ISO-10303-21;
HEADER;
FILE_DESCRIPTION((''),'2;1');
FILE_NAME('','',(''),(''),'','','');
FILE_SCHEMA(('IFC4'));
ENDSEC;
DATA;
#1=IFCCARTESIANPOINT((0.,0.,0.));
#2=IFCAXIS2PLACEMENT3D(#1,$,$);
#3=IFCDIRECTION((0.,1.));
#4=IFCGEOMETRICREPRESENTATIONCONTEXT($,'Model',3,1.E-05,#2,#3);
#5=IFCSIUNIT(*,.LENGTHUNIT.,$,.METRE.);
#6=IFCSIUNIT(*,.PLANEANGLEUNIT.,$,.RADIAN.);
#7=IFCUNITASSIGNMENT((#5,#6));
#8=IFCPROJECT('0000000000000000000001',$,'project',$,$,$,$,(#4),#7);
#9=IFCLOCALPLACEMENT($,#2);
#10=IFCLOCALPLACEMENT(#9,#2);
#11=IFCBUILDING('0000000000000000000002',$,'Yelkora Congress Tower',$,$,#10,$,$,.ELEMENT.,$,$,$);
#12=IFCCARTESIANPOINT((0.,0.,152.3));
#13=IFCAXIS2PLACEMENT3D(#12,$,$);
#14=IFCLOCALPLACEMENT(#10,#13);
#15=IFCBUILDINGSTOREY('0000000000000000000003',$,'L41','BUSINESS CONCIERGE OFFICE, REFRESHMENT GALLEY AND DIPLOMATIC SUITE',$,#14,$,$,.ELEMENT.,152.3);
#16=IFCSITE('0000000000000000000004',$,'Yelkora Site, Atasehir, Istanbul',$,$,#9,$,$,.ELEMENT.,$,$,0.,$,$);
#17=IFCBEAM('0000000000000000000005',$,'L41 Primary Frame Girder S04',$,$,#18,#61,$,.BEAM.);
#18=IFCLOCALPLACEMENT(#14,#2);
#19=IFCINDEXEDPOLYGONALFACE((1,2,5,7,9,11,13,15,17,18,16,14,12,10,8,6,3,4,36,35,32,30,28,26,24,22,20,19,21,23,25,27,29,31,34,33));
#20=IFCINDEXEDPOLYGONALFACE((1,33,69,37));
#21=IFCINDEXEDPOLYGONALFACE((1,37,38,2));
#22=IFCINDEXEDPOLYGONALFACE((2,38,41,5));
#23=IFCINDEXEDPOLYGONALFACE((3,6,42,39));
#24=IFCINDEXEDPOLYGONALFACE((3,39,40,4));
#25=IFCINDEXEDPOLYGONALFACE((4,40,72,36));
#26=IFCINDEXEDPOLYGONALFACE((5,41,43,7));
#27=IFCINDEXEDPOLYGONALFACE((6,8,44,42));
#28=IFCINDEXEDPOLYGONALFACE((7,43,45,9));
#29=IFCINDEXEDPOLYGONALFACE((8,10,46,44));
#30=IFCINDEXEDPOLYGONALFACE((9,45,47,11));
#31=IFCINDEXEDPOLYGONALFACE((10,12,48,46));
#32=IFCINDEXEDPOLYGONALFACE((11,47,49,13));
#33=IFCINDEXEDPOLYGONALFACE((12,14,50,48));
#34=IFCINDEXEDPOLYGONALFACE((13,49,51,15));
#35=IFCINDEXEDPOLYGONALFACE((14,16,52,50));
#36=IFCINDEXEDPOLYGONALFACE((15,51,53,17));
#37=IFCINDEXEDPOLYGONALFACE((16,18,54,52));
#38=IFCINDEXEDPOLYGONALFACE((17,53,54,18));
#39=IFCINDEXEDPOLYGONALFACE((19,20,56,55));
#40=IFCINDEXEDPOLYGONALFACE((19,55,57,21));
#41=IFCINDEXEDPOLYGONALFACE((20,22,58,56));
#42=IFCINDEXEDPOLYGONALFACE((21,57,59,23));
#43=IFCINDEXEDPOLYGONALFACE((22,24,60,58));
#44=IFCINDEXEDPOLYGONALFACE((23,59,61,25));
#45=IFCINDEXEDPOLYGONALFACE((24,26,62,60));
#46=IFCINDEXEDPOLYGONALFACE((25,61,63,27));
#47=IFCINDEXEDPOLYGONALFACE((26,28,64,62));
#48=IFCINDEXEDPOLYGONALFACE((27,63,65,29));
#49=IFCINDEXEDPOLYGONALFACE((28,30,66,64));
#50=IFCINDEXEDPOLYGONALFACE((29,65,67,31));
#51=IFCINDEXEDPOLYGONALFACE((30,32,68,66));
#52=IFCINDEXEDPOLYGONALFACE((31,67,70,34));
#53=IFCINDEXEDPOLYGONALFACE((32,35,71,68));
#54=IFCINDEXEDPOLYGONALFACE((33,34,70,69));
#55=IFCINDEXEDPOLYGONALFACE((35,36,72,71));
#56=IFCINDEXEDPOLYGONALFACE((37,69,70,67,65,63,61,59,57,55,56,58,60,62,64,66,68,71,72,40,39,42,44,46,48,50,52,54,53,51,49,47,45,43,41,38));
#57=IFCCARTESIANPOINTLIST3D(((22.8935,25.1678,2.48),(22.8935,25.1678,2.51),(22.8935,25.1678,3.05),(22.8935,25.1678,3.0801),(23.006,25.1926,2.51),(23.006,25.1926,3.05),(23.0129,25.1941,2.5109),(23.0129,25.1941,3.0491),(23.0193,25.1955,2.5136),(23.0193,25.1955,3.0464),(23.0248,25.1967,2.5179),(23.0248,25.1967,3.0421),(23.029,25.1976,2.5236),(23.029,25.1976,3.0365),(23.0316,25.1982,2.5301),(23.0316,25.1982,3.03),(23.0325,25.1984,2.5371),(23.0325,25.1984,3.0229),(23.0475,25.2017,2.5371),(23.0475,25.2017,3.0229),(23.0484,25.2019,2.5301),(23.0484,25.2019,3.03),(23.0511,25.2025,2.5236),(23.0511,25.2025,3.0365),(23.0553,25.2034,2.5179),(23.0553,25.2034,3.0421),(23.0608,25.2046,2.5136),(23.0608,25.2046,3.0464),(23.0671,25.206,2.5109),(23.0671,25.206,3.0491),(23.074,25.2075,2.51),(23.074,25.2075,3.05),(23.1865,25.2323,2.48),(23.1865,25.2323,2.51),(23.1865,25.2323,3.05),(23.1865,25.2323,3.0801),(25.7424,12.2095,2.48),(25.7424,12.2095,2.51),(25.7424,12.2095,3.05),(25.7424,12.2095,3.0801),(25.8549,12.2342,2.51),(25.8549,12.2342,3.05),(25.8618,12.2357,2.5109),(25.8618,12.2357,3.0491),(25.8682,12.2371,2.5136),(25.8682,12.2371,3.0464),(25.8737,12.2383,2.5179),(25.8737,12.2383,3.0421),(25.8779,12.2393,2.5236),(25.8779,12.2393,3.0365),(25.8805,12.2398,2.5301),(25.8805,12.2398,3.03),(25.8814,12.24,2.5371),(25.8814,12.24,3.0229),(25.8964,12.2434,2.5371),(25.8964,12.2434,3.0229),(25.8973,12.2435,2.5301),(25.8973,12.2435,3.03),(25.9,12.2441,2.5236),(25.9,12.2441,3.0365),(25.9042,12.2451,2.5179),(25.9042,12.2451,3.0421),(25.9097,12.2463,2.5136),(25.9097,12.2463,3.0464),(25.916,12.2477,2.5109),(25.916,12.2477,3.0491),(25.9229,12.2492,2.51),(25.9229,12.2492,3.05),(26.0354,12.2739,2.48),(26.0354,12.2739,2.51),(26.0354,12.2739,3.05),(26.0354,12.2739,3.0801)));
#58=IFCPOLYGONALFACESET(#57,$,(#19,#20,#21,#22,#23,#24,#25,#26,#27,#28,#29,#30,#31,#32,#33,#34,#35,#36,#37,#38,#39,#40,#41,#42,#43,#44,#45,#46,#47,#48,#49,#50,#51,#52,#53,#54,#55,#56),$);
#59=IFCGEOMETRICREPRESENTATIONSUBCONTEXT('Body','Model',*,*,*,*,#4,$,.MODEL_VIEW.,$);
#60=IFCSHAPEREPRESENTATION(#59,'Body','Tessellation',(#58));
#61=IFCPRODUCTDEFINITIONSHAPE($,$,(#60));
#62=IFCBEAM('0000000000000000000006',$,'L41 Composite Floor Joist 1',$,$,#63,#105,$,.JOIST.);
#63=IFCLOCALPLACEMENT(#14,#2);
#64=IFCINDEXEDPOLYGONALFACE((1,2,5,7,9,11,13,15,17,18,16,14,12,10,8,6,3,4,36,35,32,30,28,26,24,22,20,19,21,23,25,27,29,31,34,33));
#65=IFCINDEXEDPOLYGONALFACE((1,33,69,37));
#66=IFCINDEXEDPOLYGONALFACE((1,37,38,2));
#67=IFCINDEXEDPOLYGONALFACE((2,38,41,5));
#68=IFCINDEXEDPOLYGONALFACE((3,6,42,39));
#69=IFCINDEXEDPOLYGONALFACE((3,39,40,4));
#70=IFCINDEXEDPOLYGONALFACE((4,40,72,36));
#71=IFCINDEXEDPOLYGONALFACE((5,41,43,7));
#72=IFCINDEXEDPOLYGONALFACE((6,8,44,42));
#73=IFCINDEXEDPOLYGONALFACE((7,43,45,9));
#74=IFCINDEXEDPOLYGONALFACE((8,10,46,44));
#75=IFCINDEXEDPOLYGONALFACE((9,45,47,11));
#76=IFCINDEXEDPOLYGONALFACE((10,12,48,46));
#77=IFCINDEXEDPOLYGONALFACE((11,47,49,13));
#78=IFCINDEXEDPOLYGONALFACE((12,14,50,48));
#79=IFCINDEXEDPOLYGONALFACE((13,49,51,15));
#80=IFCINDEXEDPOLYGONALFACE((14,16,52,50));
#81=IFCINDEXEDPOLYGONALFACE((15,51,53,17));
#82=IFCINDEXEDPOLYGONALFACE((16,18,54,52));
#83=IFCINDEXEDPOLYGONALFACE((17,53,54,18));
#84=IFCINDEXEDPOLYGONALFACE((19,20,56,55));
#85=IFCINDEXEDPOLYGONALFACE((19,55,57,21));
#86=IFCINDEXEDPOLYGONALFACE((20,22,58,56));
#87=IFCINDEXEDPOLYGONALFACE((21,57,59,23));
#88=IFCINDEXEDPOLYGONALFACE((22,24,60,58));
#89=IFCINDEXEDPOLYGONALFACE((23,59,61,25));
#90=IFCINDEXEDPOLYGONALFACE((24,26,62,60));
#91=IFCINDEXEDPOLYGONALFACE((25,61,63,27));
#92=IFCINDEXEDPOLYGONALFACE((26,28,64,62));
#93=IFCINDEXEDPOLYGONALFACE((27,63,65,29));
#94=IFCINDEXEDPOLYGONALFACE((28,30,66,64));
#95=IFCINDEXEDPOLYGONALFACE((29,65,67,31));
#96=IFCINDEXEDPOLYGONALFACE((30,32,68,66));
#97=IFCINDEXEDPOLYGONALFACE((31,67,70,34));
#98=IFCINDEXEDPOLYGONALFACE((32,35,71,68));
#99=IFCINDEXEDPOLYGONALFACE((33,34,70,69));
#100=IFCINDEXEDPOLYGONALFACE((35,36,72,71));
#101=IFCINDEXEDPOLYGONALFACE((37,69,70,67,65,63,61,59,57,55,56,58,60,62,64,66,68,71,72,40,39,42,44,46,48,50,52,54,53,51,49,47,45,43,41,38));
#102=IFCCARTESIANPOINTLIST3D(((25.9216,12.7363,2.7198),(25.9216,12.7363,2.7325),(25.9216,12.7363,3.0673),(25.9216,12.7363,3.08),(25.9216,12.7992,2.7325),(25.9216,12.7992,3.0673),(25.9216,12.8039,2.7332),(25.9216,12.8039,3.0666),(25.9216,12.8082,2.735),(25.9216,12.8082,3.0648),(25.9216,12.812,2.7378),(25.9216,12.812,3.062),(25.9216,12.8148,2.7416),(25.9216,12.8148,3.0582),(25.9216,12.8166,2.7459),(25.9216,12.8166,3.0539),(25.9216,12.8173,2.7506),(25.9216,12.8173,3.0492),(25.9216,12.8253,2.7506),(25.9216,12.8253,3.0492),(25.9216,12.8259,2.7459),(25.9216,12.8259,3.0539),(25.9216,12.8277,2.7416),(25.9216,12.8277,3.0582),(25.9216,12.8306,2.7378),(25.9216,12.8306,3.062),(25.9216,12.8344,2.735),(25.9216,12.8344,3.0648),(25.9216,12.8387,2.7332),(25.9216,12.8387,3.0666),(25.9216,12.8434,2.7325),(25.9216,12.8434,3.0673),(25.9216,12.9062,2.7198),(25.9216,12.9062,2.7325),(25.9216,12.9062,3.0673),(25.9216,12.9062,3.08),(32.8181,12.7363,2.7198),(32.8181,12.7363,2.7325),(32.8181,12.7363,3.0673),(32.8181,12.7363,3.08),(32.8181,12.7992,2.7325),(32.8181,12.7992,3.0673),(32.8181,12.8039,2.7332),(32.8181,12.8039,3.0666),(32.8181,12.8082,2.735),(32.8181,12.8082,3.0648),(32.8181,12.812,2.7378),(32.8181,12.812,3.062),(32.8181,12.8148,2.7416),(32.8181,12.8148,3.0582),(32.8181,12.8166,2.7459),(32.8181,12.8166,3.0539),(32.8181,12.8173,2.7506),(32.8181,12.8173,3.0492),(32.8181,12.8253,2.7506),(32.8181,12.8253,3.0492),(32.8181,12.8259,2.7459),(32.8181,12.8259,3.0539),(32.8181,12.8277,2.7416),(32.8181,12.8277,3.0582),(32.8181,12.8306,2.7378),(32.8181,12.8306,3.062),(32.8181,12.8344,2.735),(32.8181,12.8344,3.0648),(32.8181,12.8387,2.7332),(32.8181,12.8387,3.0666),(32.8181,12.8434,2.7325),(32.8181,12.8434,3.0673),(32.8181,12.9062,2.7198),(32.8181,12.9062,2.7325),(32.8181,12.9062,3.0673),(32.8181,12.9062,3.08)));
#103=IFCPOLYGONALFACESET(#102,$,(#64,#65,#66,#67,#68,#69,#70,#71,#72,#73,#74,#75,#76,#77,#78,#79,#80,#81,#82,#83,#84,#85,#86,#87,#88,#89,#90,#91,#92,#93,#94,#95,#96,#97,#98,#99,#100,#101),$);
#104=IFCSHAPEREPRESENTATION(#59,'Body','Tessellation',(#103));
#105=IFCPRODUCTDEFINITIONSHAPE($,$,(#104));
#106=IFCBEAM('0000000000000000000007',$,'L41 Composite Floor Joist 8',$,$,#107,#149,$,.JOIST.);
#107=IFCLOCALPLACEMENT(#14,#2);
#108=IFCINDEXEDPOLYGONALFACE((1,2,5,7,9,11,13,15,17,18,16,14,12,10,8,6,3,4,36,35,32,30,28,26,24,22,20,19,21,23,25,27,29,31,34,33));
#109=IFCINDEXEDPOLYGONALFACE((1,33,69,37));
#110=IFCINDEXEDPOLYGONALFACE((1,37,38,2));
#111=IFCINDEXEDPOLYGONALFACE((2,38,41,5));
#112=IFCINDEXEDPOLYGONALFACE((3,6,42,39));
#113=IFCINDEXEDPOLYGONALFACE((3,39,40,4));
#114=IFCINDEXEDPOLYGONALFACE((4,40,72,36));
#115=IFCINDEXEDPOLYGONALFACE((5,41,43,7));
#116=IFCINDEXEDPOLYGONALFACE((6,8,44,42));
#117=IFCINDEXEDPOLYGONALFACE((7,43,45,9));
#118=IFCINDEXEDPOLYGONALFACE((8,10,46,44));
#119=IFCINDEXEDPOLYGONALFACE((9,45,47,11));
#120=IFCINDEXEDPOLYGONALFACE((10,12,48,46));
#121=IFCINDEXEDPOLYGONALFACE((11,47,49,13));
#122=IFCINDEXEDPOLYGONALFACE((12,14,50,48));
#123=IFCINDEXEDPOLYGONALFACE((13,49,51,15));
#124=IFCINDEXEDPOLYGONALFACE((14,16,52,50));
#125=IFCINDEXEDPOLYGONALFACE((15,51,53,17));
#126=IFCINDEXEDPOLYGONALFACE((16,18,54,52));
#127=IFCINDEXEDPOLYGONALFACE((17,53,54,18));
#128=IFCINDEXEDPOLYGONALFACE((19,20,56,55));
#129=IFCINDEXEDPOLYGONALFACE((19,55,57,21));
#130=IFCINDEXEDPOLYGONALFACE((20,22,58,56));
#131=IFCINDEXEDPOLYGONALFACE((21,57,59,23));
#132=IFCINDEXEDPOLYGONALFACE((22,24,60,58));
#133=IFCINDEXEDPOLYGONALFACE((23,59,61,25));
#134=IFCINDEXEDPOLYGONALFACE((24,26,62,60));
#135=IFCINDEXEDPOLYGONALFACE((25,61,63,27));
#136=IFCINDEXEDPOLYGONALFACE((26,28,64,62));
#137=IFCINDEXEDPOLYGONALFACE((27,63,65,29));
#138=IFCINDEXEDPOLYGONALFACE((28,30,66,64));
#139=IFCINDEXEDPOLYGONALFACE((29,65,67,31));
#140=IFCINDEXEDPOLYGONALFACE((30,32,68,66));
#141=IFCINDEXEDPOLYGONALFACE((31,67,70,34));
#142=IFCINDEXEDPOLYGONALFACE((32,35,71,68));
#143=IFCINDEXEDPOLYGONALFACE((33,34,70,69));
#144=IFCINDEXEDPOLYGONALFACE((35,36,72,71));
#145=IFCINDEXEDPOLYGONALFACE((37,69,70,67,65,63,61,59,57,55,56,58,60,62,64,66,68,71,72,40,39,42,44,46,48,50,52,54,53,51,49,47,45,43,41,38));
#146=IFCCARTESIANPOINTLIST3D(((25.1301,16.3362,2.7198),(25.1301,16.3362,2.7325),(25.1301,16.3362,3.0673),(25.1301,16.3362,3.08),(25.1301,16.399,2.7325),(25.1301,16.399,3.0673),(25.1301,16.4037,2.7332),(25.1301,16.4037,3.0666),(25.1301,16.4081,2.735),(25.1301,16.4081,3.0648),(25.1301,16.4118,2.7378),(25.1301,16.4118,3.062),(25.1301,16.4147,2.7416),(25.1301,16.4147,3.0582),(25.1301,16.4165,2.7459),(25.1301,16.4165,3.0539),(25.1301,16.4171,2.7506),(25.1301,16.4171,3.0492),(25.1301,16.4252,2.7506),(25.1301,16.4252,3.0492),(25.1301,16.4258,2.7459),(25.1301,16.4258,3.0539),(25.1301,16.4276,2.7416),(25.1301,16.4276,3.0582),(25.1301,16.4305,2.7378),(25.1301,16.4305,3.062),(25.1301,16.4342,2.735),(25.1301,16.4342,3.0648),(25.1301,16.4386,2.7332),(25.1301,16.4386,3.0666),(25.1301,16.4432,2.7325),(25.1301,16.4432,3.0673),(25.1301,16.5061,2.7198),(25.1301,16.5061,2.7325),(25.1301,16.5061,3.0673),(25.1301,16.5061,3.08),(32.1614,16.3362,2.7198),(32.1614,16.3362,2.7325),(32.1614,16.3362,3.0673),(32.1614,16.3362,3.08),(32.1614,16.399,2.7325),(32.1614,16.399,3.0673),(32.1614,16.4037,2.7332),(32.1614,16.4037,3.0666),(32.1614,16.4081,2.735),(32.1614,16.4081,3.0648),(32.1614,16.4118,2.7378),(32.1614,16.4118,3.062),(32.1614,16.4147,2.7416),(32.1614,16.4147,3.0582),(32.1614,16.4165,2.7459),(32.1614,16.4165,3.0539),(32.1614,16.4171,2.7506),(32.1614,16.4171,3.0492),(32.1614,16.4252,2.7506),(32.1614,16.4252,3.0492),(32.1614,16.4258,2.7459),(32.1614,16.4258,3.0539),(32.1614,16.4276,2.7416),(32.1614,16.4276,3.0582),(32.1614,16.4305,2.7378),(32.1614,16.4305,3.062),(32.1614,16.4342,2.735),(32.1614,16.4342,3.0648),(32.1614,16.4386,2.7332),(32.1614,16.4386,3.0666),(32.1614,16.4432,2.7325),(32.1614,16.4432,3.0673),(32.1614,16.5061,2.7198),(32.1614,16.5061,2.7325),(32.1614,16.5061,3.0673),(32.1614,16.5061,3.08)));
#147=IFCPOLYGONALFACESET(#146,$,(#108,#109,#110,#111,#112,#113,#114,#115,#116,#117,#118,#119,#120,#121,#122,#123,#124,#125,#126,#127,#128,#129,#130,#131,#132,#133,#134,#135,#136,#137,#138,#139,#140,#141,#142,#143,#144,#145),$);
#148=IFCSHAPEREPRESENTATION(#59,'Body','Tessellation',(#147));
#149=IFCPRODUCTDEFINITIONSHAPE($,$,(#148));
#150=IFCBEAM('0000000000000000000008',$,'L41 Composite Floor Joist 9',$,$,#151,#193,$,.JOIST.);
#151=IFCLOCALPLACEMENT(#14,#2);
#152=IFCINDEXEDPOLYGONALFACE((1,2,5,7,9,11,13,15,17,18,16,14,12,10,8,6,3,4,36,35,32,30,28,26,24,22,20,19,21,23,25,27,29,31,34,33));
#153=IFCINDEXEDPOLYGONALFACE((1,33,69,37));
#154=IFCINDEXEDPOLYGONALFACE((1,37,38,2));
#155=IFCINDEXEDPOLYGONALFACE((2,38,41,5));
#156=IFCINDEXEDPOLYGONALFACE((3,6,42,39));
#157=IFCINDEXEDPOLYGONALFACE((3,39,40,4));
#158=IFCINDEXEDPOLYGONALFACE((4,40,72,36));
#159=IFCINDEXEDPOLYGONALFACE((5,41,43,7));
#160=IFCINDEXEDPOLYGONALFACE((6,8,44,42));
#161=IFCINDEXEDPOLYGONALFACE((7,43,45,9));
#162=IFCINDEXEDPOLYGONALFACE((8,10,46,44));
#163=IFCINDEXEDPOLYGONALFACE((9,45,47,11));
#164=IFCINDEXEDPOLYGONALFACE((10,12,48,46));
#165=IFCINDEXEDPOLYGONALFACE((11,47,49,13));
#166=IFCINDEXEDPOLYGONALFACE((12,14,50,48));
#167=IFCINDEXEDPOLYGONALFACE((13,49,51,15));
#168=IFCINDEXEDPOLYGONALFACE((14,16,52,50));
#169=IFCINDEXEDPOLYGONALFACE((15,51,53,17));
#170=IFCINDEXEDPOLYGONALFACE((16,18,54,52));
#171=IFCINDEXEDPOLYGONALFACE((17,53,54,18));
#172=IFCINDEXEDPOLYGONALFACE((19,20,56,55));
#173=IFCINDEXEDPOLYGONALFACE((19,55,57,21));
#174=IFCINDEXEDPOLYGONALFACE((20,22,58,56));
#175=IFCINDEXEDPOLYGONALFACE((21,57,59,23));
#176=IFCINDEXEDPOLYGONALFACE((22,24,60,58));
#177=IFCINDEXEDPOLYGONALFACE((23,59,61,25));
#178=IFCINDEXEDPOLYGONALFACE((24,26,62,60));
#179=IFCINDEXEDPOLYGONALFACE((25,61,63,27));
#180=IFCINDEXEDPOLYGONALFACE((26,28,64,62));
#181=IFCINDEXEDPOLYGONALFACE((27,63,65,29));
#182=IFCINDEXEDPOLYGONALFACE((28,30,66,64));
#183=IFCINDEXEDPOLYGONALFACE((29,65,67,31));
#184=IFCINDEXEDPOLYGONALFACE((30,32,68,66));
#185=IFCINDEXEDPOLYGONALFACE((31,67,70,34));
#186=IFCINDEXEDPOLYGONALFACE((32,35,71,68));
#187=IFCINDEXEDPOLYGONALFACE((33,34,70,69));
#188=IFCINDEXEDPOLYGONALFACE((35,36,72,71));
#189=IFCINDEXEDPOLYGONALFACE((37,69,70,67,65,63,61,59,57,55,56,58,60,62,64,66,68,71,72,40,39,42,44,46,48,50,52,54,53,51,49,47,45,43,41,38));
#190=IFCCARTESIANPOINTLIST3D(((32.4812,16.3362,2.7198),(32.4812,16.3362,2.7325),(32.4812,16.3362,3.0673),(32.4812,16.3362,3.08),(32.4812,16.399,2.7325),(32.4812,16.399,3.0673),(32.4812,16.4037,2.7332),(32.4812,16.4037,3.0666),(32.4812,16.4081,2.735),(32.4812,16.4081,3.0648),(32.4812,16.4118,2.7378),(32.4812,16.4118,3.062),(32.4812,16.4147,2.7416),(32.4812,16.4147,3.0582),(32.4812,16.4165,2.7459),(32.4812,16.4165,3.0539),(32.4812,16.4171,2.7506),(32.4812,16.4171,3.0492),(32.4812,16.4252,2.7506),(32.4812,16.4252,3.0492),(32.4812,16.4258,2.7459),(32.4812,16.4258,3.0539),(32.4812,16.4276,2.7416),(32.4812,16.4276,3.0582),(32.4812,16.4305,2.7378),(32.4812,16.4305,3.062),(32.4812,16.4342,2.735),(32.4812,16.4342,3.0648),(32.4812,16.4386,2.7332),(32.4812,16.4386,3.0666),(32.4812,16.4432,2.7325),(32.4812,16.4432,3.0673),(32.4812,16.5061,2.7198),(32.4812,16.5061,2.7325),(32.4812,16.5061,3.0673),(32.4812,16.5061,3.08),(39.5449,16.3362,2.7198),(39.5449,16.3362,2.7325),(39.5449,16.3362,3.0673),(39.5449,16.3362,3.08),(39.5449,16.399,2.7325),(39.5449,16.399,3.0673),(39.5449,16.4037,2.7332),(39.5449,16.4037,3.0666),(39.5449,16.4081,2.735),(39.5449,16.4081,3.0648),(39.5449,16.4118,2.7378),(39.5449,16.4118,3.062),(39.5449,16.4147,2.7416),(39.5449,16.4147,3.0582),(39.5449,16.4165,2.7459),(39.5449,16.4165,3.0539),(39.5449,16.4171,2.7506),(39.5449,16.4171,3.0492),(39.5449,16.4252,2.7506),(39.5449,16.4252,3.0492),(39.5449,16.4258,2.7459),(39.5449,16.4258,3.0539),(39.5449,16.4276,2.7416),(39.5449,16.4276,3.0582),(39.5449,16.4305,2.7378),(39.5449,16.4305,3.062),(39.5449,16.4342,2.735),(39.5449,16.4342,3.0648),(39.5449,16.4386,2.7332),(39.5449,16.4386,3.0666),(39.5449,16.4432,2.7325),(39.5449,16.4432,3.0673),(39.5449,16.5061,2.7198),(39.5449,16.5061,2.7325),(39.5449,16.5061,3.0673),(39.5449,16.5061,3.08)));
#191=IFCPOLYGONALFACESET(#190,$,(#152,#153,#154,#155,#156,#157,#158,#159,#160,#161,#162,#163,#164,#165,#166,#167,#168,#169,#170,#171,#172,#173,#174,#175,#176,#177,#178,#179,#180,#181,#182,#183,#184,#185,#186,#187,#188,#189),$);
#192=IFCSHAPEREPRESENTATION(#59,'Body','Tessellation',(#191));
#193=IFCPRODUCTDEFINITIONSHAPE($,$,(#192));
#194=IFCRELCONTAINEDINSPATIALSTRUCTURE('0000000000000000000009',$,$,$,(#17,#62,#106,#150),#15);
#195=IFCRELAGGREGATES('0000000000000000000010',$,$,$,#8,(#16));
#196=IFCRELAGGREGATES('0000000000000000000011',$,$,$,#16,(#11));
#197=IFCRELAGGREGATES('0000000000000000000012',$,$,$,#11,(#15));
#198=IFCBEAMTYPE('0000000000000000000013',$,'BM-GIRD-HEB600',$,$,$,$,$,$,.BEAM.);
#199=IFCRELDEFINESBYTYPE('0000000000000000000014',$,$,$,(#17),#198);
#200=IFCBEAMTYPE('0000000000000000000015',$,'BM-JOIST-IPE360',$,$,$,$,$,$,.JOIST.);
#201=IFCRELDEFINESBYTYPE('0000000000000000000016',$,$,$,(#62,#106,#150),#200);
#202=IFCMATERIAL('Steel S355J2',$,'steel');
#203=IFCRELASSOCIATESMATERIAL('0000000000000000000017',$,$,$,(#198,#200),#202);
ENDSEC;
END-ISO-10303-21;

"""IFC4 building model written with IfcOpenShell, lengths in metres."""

from ifc_helpers import new_model, si_unit, direction, frame, origin, origin_2d, place, context, subcontext, project, spatial, i_section, extrude, material, material_profile, profile_set, type_object, element, save


model = new_model("IFC4")

# Units and contexts
model_context = context("Model", 3, precision=1e-05, world=origin(), true_north=direction((0.0, 1.0)))
body_context = subcontext(model_context, "Body", "Model", "MODEL_VIEW")
ifc_project = project(units=[si_unit("LENGTHUNIT", "METRE"), si_unit("PLANEANGLEUNIT", "RADIAN")], contexts=[model_context])

# Site, building, storey
site_placement = place(None, origin())
site = spatial("IfcSite", under=ifc_project, at=site_placement, Name="Yelkora Site, Atasehir, Istanbul", CompositionType="ELEMENT", RefElevation=0.0)
building_placement = place(site_placement, origin())
building = spatial("IfcBuilding", under=site, at=building_placement, Name="Yelkora Congress Tower", CompositionType="ELEMENT")
storey_placement = place(building_placement, frame((0.0, 0.0, 152.3)))
storey = spatial("IfcBuildingStorey", under=building, at=storey_placement, Name="L41", Description="BUSINESS CONCIERGE OFFICE, REFRESHMENT GALLEY AND DIPLOMATIC SUITE", CompositionType="ELEMENT", Elevation=152.3)

# Beams
ifc_material_1 = material(Name="Steel S355J2", Category="steel")
ifc_material_profile_1 = material_profile(ifc_material_1, i_section(OverallWidth=0.3, OverallDepth=0.6001, WebThickness=0.0154, FlangeThickness=0.03, FilletRadius=0.0271, at=origin_2d()), Name="HEB 600")
ifc_profile_set_1 = profile_set([ifc_material_profile_1], Name="Steel S355J2")
beam_type_1 = type_object("IfcBeamType", Name="BM-GIRD-HEB600", PredefinedType="BEAM", material=ifc_profile_set_1)
beam_1_placement = place(storey_placement, frame((25.8889, 12.2417, 2.78), z_axis=(-0.214722, 0.976675, 0.0), x_axis=(-0.976675, -0.214722, 0.0)))
element("IfcBeam", 1, at=beam_1_placement, inside=storey, type_object=beam_type_1, Name="L41 Primary Frame Girder S04", PredefinedType="BEAM", context=body_context, shape_type="SweptSolid", body=[
    extrude(i_section(OverallWidth=0.3, OverallDepth=0.6001, WebThickness=0.0154, FlangeThickness=0.03, FilletRadius=0.0271, at=origin_2d()), origin(), (0.0, 0.0, 1.0), 13.2678),
])
ifc_material_profile_2 = material_profile(ifc_material_1, i_section(OverallWidth=0.1699, OverallDepth=0.3601, WebThickness=0.0081, FlangeThickness=0.0127, FilletRadius=0.0181, at=origin_2d()), Name="IPE 360")
ifc_profile_set_2 = profile_set([ifc_material_profile_2], Name="Steel S355J2")
beam_type_2 = type_object("IfcBeamType", Name="BM-JOIST-IPE360", PredefinedType="JOIST", material=ifc_profile_set_2)
beam_2_placement = place(storey_placement, frame((25.9216, 12.8213, 2.8999), z_axis=(1.0, 0.0, 0.0), x_axis=(0.0, 1.0, 0.0)))
element("IfcBeam", 2, at=beam_2_placement, inside=storey, type_object=beam_type_2, Name="L41 Composite Floor Joist 1", PredefinedType="JOIST", context=body_context, shape_type="SweptSolid", body=[
    extrude(i_section(OverallWidth=0.1699, OverallDepth=0.3601, WebThickness=0.0081, FlangeThickness=0.0127, FilletRadius=0.0181, at=origin_2d()), origin(), (0.0, 0.0, 1.0), 6.8965),
])
beam_3_placement = place(storey_placement, frame((25.1301, 16.4211, 2.8999), z_axis=(1.0, 0.0, 0.0), x_axis=(0.0, 1.0, 0.0)))
element("IfcBeam", 3, at=beam_3_placement, inside=storey, type_object=beam_type_2, Name="L41 Composite Floor Joist 8", PredefinedType="JOIST", context=body_context, shape_type="SweptSolid", body=[
    extrude(i_section(OverallWidth=0.1699, OverallDepth=0.3601, WebThickness=0.0081, FlangeThickness=0.0127, FilletRadius=0.0181, at=origin_2d()), origin(), (0.0, 0.0, 1.0), 7.0312),
])
beam_4_placement = place(storey_placement, frame((32.4812, 16.4211, 2.8999), z_axis=(1.0, 0.0, 0.0), x_axis=(0.0, 1.0, 0.0)))
element("IfcBeam", 4, at=beam_4_placement, inside=storey, type_object=beam_type_2, Name="L41 Composite Floor Joist 9", PredefinedType="JOIST", context=body_context, shape_type="SweptSolid", body=[
    extrude(i_section(OverallWidth=0.1699, OverallDepth=0.3601, WebThickness=0.0081, FlangeThickness=0.0127, FilletRadius=0.0181, at=origin_2d()), origin(), (0.0, 0.0, 1.0), 7.0637),
])

save(model, "model.ifc")
